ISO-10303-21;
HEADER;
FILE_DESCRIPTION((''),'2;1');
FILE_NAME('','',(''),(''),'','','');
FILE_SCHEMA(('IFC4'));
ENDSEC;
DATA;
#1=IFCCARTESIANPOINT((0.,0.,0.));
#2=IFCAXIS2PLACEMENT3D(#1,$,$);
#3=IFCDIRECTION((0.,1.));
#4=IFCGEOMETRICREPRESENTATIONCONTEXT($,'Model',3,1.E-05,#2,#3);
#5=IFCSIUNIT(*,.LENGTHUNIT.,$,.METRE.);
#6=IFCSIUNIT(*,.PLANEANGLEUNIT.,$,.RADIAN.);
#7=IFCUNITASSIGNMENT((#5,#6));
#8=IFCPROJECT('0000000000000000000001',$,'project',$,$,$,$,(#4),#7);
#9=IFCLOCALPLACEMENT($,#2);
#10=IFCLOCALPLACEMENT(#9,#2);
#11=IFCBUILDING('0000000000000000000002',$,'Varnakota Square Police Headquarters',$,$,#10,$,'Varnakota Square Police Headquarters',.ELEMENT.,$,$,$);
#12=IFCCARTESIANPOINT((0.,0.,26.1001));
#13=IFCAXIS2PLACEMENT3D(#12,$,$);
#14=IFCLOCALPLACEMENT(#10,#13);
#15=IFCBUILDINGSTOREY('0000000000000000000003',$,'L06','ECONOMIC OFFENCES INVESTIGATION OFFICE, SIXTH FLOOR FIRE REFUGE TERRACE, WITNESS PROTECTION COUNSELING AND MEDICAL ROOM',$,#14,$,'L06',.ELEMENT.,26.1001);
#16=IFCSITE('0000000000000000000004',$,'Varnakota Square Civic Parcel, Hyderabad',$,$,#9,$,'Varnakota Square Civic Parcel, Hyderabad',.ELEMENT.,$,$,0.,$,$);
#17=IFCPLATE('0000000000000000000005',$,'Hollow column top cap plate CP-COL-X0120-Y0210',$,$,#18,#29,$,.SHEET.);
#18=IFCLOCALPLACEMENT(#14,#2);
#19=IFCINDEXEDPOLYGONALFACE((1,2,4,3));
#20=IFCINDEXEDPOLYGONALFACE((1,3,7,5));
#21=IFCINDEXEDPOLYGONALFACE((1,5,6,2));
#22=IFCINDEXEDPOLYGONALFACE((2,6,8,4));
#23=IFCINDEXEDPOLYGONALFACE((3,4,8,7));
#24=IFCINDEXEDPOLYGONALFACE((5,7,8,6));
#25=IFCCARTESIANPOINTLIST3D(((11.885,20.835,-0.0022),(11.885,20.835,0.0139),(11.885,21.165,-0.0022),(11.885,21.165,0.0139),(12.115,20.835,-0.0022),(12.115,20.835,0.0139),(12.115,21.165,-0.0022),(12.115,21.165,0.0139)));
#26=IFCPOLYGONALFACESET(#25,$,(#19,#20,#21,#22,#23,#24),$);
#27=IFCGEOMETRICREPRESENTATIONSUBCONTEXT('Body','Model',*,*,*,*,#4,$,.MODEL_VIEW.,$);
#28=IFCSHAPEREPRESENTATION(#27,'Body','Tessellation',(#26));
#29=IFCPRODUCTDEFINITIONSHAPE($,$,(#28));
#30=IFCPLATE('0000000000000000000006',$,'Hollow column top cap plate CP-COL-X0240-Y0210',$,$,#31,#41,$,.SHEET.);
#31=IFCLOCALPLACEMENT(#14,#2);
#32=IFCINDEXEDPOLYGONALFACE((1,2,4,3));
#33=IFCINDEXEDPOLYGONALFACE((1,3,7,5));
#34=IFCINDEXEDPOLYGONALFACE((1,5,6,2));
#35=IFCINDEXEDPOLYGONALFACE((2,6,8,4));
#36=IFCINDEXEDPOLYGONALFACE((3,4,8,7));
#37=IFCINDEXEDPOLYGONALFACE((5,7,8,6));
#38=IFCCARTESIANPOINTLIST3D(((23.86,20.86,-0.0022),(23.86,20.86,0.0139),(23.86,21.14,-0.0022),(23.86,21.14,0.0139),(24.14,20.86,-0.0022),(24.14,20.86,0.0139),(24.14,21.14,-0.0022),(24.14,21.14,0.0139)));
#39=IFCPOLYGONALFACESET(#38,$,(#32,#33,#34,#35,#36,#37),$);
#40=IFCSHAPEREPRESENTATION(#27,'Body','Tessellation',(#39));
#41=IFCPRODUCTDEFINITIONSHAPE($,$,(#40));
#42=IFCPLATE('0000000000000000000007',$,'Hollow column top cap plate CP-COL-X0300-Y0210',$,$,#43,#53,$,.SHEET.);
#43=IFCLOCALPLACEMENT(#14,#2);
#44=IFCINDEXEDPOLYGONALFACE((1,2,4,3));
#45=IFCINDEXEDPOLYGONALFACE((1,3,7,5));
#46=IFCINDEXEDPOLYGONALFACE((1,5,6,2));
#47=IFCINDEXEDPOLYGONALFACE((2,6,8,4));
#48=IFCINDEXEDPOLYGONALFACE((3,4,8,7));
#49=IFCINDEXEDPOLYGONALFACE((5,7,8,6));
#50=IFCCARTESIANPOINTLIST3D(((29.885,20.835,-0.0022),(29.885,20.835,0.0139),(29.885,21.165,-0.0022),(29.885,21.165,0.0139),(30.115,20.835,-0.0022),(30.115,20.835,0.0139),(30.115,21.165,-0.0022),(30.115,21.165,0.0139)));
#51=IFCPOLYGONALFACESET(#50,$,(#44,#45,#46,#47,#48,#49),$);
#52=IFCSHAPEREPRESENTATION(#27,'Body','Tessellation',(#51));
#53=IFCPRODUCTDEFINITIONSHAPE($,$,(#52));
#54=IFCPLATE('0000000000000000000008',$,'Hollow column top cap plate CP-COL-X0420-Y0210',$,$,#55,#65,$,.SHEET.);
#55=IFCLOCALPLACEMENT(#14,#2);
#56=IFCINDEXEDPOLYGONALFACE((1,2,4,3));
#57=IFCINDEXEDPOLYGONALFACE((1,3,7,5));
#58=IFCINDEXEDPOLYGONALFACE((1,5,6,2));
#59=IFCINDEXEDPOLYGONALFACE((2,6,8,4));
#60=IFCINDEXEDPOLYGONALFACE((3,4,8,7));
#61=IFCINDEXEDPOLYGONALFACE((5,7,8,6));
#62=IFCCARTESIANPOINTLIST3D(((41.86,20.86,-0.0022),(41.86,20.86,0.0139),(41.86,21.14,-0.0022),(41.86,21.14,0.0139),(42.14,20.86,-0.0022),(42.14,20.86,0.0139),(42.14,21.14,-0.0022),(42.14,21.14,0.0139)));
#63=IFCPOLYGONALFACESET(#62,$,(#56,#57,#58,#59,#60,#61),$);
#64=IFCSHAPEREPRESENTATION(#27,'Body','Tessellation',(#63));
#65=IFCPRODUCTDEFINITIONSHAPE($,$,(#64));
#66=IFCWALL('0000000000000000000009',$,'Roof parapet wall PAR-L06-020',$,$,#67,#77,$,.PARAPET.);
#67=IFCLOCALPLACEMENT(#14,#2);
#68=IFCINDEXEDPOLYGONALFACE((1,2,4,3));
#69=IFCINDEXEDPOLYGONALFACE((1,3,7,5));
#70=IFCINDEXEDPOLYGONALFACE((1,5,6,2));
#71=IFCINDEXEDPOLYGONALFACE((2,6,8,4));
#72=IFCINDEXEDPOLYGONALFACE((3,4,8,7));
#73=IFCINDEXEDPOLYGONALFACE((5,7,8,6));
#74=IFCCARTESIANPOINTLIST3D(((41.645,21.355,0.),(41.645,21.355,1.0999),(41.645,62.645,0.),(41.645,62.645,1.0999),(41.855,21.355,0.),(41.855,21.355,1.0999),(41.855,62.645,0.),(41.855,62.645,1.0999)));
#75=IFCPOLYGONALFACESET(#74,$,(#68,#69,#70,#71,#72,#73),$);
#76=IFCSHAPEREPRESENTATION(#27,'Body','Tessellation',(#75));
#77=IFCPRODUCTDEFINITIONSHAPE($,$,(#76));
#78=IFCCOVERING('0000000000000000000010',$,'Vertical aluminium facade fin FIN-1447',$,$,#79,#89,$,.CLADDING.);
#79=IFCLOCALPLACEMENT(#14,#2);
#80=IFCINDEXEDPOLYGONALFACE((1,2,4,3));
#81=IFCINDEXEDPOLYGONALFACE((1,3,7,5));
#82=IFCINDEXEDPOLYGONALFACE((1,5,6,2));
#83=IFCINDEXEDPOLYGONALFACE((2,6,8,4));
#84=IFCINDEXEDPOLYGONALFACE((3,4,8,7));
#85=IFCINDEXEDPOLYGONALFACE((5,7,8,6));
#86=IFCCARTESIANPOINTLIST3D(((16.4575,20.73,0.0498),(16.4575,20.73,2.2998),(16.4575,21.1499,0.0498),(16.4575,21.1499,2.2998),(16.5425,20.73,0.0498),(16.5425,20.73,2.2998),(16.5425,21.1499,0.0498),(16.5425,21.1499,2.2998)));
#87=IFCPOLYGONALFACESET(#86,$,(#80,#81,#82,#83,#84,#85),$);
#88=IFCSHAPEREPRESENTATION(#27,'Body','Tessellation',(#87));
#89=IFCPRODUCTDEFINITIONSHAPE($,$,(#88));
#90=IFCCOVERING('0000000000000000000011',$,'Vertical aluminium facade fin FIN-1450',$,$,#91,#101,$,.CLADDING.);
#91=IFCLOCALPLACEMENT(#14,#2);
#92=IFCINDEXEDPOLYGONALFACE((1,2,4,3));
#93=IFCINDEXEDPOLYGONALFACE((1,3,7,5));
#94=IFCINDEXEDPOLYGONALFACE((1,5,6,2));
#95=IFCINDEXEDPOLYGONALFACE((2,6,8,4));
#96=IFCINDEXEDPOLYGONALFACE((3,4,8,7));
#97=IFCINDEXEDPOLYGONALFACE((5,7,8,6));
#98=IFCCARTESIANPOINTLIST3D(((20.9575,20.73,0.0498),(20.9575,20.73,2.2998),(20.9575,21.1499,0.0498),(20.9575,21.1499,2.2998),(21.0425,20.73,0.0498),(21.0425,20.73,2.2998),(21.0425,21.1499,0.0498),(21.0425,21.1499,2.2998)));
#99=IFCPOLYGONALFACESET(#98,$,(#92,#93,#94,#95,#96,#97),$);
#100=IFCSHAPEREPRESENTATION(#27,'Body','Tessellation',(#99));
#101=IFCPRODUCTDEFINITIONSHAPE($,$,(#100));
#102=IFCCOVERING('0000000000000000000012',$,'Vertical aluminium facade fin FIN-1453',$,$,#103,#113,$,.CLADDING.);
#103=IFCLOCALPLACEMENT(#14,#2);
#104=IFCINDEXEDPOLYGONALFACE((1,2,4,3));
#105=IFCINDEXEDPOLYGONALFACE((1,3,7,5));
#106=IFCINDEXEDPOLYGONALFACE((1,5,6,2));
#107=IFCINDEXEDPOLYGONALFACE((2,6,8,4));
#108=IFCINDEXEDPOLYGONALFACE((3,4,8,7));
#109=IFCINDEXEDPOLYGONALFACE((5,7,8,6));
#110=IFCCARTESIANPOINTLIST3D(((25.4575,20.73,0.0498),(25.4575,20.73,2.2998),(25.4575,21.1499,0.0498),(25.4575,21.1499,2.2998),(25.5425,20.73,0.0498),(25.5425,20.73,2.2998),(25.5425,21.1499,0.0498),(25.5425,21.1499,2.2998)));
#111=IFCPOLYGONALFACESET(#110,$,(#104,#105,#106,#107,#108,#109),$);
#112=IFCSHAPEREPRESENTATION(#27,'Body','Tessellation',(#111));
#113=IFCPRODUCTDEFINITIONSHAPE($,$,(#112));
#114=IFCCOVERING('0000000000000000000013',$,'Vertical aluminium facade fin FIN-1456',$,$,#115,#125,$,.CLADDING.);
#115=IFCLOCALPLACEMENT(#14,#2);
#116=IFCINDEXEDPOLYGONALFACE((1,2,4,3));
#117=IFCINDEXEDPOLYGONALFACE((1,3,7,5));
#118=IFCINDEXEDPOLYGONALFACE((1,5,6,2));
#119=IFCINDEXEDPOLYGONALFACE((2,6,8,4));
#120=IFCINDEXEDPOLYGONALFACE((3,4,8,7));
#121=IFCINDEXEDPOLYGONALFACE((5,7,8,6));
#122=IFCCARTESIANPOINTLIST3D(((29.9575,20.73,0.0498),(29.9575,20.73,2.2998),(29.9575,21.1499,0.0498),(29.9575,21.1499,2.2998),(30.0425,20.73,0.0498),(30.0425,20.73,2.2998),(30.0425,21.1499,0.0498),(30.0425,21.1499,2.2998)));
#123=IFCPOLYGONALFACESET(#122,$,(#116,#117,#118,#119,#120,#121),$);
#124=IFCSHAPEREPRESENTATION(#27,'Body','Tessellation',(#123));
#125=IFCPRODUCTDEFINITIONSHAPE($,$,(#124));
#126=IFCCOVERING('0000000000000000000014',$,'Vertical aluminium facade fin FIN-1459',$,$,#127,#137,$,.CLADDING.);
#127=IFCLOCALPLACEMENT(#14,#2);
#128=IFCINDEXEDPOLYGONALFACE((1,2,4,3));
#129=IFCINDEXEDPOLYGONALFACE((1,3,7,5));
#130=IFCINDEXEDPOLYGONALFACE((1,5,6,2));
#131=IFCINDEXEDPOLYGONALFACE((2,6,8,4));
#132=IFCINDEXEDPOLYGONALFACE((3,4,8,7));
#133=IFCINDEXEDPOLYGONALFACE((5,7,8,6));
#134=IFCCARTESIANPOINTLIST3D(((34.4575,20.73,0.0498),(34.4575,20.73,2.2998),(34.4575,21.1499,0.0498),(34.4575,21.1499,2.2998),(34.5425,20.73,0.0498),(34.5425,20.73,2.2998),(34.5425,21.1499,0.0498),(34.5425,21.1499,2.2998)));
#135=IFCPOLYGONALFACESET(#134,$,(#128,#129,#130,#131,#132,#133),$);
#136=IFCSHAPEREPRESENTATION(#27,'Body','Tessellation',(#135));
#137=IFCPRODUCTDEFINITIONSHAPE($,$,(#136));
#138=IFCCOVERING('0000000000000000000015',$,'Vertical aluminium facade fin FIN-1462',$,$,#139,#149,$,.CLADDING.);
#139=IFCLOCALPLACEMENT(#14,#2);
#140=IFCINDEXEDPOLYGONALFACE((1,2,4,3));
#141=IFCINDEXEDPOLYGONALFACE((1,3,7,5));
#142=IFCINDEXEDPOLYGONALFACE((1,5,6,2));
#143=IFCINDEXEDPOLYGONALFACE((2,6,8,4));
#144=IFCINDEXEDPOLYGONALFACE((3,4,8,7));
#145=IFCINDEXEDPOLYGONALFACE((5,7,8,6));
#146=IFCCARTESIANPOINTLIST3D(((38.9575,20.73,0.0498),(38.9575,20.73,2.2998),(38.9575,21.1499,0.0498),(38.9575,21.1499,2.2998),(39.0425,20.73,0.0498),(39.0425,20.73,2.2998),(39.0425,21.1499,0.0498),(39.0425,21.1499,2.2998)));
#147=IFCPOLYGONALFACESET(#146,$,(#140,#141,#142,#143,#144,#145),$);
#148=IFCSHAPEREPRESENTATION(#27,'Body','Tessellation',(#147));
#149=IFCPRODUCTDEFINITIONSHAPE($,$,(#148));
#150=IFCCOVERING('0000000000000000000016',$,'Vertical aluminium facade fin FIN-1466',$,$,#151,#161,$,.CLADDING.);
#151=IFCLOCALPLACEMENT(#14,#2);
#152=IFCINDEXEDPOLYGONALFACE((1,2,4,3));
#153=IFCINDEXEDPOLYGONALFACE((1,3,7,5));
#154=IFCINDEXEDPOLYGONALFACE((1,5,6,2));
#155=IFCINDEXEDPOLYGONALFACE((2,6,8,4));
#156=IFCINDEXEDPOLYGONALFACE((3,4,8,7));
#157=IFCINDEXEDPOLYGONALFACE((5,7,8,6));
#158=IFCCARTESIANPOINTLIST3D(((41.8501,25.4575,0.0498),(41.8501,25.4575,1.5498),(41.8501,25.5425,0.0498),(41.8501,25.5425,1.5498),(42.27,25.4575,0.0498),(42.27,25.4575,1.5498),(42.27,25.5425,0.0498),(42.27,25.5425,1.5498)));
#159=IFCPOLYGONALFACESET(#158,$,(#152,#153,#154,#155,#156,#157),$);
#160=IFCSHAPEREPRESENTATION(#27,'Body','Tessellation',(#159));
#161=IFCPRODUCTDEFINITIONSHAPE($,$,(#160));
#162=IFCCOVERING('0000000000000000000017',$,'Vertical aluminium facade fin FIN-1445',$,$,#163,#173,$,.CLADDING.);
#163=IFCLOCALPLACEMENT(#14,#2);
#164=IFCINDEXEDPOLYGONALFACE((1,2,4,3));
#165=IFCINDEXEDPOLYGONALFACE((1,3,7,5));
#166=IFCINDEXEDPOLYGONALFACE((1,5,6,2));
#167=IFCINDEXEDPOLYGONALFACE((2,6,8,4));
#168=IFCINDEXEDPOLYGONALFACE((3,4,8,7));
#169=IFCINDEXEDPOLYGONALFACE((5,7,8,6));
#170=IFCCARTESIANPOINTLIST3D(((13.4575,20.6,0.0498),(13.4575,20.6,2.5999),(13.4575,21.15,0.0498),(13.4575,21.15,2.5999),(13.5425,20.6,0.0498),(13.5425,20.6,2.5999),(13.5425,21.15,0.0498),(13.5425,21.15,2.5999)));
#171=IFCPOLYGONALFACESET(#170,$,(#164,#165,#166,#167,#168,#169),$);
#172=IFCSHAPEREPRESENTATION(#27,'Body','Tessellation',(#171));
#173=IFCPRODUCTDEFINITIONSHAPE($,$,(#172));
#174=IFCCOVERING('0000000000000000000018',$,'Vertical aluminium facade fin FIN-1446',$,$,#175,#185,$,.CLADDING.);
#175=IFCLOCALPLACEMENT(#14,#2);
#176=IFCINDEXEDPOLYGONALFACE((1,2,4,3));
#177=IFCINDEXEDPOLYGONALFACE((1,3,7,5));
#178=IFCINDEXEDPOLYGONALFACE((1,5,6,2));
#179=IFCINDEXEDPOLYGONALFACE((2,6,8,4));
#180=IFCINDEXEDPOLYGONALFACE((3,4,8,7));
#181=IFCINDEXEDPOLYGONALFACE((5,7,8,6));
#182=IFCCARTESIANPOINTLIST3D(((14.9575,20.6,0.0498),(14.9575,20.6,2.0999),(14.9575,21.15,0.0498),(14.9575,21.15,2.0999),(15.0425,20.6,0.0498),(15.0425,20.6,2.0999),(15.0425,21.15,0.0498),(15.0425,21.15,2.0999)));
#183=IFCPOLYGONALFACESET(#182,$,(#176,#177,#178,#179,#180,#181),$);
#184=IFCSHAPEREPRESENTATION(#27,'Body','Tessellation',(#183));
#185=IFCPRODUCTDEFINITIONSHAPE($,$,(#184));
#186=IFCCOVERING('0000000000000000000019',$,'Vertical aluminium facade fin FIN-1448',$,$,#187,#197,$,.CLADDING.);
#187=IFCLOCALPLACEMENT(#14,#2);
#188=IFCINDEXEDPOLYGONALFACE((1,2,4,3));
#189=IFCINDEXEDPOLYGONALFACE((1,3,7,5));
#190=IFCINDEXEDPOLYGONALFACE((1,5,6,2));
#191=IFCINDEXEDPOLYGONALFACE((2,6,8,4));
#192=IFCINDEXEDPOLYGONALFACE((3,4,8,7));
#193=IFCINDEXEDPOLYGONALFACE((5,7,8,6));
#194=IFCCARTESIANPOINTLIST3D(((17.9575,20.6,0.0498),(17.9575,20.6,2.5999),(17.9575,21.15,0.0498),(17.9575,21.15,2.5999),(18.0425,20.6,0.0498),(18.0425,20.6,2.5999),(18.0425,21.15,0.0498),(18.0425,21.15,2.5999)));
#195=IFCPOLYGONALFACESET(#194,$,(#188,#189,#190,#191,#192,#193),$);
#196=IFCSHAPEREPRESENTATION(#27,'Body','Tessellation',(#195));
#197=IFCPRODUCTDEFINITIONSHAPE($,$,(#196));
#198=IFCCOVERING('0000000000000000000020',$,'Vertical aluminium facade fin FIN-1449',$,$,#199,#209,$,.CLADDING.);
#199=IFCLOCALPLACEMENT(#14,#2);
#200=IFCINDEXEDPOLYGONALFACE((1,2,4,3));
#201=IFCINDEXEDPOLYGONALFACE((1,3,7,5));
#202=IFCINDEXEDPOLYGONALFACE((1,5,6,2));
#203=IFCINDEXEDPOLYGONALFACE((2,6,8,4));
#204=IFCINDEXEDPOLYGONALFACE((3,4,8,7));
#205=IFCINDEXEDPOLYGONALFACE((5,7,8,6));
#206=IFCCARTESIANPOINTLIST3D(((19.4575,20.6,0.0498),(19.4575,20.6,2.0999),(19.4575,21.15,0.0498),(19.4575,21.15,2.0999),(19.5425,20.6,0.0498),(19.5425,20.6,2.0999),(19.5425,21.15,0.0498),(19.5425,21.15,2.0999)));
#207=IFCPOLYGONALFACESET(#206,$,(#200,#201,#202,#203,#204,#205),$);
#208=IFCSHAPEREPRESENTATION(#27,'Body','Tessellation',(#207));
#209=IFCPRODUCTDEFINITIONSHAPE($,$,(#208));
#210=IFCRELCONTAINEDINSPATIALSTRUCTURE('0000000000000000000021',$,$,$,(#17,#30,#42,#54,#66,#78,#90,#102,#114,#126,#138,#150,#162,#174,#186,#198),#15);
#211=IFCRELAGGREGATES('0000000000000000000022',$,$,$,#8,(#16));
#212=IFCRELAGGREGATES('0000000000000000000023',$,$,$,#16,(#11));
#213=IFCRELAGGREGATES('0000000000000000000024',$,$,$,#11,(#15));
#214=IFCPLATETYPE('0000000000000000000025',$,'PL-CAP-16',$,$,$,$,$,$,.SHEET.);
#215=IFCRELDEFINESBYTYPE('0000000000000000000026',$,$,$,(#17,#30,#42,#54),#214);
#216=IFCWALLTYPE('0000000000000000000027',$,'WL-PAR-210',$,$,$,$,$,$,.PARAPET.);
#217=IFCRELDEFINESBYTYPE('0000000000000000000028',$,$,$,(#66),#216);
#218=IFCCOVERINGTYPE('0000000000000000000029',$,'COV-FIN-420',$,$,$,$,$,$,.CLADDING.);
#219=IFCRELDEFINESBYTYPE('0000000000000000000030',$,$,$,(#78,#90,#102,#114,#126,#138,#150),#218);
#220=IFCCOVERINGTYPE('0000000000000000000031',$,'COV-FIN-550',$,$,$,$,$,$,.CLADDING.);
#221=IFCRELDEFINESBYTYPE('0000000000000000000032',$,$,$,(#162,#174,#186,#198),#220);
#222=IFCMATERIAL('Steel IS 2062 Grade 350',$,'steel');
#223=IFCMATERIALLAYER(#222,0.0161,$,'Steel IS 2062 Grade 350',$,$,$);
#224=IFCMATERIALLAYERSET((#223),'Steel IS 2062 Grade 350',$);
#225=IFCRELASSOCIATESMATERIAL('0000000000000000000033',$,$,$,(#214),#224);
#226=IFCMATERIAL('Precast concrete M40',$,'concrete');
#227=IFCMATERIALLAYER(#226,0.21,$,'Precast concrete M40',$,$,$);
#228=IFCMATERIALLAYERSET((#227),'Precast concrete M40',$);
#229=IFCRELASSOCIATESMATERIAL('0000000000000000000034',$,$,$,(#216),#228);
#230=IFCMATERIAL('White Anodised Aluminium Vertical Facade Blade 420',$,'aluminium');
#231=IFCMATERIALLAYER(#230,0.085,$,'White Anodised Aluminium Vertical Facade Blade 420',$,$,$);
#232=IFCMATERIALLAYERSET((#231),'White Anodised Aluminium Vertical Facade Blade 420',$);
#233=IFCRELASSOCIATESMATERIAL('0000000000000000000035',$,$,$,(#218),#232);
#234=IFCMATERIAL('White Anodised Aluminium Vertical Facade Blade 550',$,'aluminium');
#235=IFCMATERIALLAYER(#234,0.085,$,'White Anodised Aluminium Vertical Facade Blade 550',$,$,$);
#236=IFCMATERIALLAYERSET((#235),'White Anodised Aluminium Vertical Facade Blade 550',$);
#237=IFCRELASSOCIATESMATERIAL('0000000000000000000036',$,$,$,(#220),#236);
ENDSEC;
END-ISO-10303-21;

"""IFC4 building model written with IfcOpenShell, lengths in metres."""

from ifc_helpers import new_model, si_unit, direction, frame, frame_2d, origin, origin_2d, place, context, subcontext, project, spatial, rectangle, extrude, material, layer, layer_set, type_object, element, save


model = new_model("IFC4")

# Units and contexts
model_context = context("Model", 3, precision=1e-05, world=origin(), true_north=direction((0.0, 1.0)))
body_context = subcontext(model_context, "Body", "Model", "MODEL_VIEW")
ifc_project = project(units=[si_unit("LENGTHUNIT", "METRE"), si_unit("PLANEANGLEUNIT", "RADIAN")], contexts=[model_context])

# Site, building, storey
site_placement = place(None, origin())
site = spatial("IfcSite", under=ifc_project, at=site_placement, Name="Varnakota Square Civic Parcel, Hyderabad", LongName="Varnakota Square Civic Parcel, Hyderabad", CompositionType="ELEMENT", RefElevation=0.0)
building_placement = place(site_placement, origin())
building = spatial("IfcBuilding", under=site, at=building_placement, Name="Varnakota Square Police Headquarters", LongName="Varnakota Square Police Headquarters", CompositionType="ELEMENT")
storey_placement = place(building_placement, frame((0.0, 0.0, 26.1001)))
storey = spatial("IfcBuildingStorey", under=building, at=storey_placement, Name="L06", Description="ECONOMIC OFFENCES INVESTIGATION OFFICE, SIXTH FLOOR FIRE REFUGE TERRACE, WITNESS PROTECTION COUNSELING AND MEDICAL ROOM", LongName="L06", CompositionType="ELEMENT", Elevation=26.1001)

# Plates
ifc_material_1 = material(Name="Steel IS 2062 Grade 350", Category="steel")
ifc_layer_1 = layer(ifc_material_1, 0.0161, Name="Steel IS 2062 Grade 350")
ifc_layer_set_1 = layer_set([ifc_layer_1], Name="Steel IS 2062 Grade 350")
plate_type = type_object("IfcPlateType", Name="PL-CAP-16", PredefinedType="SHEET", material=ifc_layer_set_1)
plate_1_placement = place(storey_placement, frame((12.0, 21.0, -0.0022), z_axis=(0.0, 0.0, 1.0), x_axis=(1.0, 0.0, 0.0)))
element("IfcPlate", 1, at=plate_1_placement, inside=storey, type_object=plate_type, Name="Hollow column top cap plate CP-COL-X0120-Y0210", PredefinedType="SHEET", context=body_context, shape_type="SweptSolid", body=[
    extrude(rectangle(XDim=0.23, YDim=0.3301, at=origin_2d()), origin(), (0.0, 0.0, 1.0), 0.0161),
])
plate_2_placement = place(storey_placement, frame((24.0, 21.0, -0.0022), z_axis=(0.0, 0.0, 1.0), x_axis=(1.0, 0.0, 0.0)))
element("IfcPlate", 2, at=plate_2_placement, inside=storey, type_object=plate_type, Name="Hollow column top cap plate CP-COL-X0240-Y0210", PredefinedType="SHEET", context=body_context, shape_type="SweptSolid", body=[
    extrude(rectangle(XDim=0.28, YDim=0.28, at=origin_2d()), origin(), (0.0, 0.0, 1.0), 0.0161),
])
plate_3_placement = place(storey_placement, frame((30.0, 21.0, -0.0022), z_axis=(0.0, 0.0, 1.0), x_axis=(1.0, 0.0, 0.0)))
element("IfcPlate", 3, at=plate_3_placement, inside=storey, type_object=plate_type, Name="Hollow column top cap plate CP-COL-X0300-Y0210", PredefinedType="SHEET", context=body_context, shape_type="SweptSolid", body=[
    extrude(rectangle(XDim=0.23, YDim=0.3301, at=origin_2d()), origin(), (0.0, 0.0, 1.0), 0.0161),
])
plate_4_placement = place(storey_placement, frame((42.0, 21.0, -0.0022), z_axis=(0.0, 0.0, 1.0), x_axis=(1.0, 0.0, 0.0)))
element("IfcPlate", 4, at=plate_4_placement, inside=storey, type_object=plate_type, Name="Hollow column top cap plate CP-COL-X0420-Y0210", PredefinedType="SHEET", context=body_context, shape_type="SweptSolid", body=[
    extrude(rectangle(XDim=0.28, YDim=0.28, at=origin_2d()), origin(), (0.0, 0.0, 1.0), 0.0161),
])

# Wall
ifc_material_2 = material(Name="Precast concrete M40", Category="concrete")
ifc_layer_2 = layer(ifc_material_2, 0.21, Name="Precast concrete M40")
ifc_layer_set_2 = layer_set([ifc_layer_2], Name="Precast concrete M40")
wall_type = type_object("IfcWallType", Name="WL-PAR-210", PredefinedType="PARAPET", material=ifc_layer_set_2)
wall_placement = place(storey_placement, frame((41.75, 21.355, 0.0), z_axis=(0.0, 0.0, 1.0), x_axis=(0.0, 1.0, 0.0)))
element("IfcWall", 5, at=wall_placement, inside=storey, type_object=wall_type, Name="Roof parapet wall PAR-L06-020", PredefinedType="PARAPET", context=body_context, shape_type="SweptSolid", body=[
    extrude(rectangle(XDim=41.29, YDim=0.21, at=frame_2d((20.645, 0.0))), origin(), (0.0, 0.0, 1.0), 1.0999),
])

# Coverings
ifc_material_3 = material(Name="White Anodised Aluminium Vertical Facade Blade 420", Category="aluminium")
ifc_layer_3 = layer(ifc_material_3, 0.085, Name="White Anodised Aluminium Vertical Facade Blade 420")
ifc_layer_set_3 = layer_set([ifc_layer_3], Name="White Anodised Aluminium Vertical Facade Blade 420")
covering_type_1 = type_object("IfcCoveringType", Name="COV-FIN-420", PredefinedType="CLADDING", material=ifc_layer_set_3)
for number, where, z_axis, x_axis, name in (
    (6, (16.5, 20.9399, 0.0498), (0.0, 0.0, 1.0), (1.0, 0.0, 0.0), "Vertical aluminium facade fin FIN-1447"),
    (7, (21.0, 20.9399, 0.0498), (0.0, 0.0, 1.0), (1.0, 0.0, 0.0), "Vertical aluminium facade fin FIN-1450"),
    (8, (25.5, 20.9399, 0.0498), (0.0, 0.0, 1.0), (1.0, 0.0, 0.0), "Vertical aluminium facade fin FIN-1453"),
    (9, (30.0, 20.9399, 0.0498), (0.0, 0.0, 1.0), (1.0, 0.0, 0.0), "Vertical aluminium facade fin FIN-1456"),
    (10, (34.5, 20.9399, 0.0498), (0.0, 0.0, 1.0), (1.0, 0.0, 0.0), "Vertical aluminium facade fin FIN-1459"),
    (11, (39.0, 20.9399, 0.0498), (0.0, 0.0, 1.0), (1.0, 0.0, 0.0), "Vertical aluminium facade fin FIN-1462"),
):
    element("IfcCovering", number, at=place(storey_placement, frame(where, z_axis=z_axis, x_axis=x_axis)), inside=storey, type_object=covering_type_1, Name=name, PredefinedType="CLADDING", context=body_context, shape_type="SweptSolid", body=[
        extrude(rectangle(XDim=0.085, YDim=0.4199, at=origin_2d()), origin(), (0.0, 0.0, 1.0), 2.25),
    ])
covering_1_placement = place(storey_placement, frame((42.0601, 25.5, 0.0498), z_axis=(0.0, 0.0, 1.0), x_axis=(0.0, 1.0, 0.0)))
element("IfcCovering", 12, at=covering_1_placement, inside=storey, type_object=covering_type_1, Name="Vertical aluminium facade fin FIN-1466", PredefinedType="CLADDING", context=body_context, shape_type="SweptSolid", body=[
    extrude(rectangle(XDim=0.085, YDim=0.4199, at=origin_2d()), origin(), (0.0, 0.0, 1.0), 1.5),
])
ifc_material_4 = material(Name="White Anodised Aluminium Vertical Facade Blade 550", Category="aluminium")
ifc_layer_4 = layer(ifc_material_4, 0.085, Name="White Anodised Aluminium Vertical Facade Blade 550")
ifc_layer_set_4 = layer_set([ifc_layer_4], Name="White Anodised Aluminium Vertical Facade Blade 550")
covering_type_2 = type_object("IfcCoveringType", Name="COV-FIN-550", PredefinedType="CLADDING", material=ifc_layer_set_4)
covering_2_placement = place(storey_placement, frame((13.5, 20.875, 0.0498), z_axis=(0.0, 0.0, 1.0), x_axis=(1.0, 0.0, 0.0)))
element("IfcCovering", 13, at=covering_2_placement, inside=storey, type_object=covering_type_2, Name="Vertical aluminium facade fin FIN-1445", PredefinedType="CLADDING", context=body_context, shape_type="SweptSolid", body=[
    extrude(rectangle(XDim=0.085, YDim=0.55, at=origin_2d()), origin(), (0.0, 0.0, 1.0), 2.55),
])
covering_3_placement = place(storey_placement, frame((15.0, 20.875, 0.0498), z_axis=(0.0, 0.0, 1.0), x_axis=(1.0, 0.0, 0.0)))
element("IfcCovering", 14, at=covering_3_placement, inside=storey, type_object=covering_type_2, Name="Vertical aluminium facade fin FIN-1446", PredefinedType="CLADDING", context=body_context, shape_type="SweptSolid", body=[
    extrude(rectangle(XDim=0.085, YDim=0.55, at=origin_2d()), origin(), (0.0, 0.0, 1.0), 2.05),
])
covering_4_placement = place(storey_placement, frame((18.0, 20.875, 0.0498), z_axis=(0.0, 0.0, 1.0), x_axis=(1.0, 0.0, 0.0)))
element("IfcCovering", 15, at=covering_4_placement, inside=storey, type_object=covering_type_2, Name="Vertical aluminium facade fin FIN-1448", PredefinedType="CLADDING", context=body_context, shape_type="SweptSolid", body=[
    extrude(rectangle(XDim=0.085, YDim=0.55, at=origin_2d()), origin(), (0.0, 0.0, 1.0), 2.55),
])
covering_5_placement = place(storey_placement, frame((19.5, 20.875, 0.0498), z_axis=(0.0, 0.0, 1.0), x_axis=(1.0, 0.0, 0.0)))
element("IfcCovering", 16, at=covering_5_placement, inside=storey, type_object=covering_type_2, Name="Vertical aluminium facade fin FIN-1449", PredefinedType="CLADDING", context=body_context, shape_type="SweptSolid", body=[
    extrude(rectangle(XDim=0.085, YDim=0.55, at=origin_2d()), origin(), (0.0, 0.0, 1.0), 2.05),
])

save(model, "model.ifc")
